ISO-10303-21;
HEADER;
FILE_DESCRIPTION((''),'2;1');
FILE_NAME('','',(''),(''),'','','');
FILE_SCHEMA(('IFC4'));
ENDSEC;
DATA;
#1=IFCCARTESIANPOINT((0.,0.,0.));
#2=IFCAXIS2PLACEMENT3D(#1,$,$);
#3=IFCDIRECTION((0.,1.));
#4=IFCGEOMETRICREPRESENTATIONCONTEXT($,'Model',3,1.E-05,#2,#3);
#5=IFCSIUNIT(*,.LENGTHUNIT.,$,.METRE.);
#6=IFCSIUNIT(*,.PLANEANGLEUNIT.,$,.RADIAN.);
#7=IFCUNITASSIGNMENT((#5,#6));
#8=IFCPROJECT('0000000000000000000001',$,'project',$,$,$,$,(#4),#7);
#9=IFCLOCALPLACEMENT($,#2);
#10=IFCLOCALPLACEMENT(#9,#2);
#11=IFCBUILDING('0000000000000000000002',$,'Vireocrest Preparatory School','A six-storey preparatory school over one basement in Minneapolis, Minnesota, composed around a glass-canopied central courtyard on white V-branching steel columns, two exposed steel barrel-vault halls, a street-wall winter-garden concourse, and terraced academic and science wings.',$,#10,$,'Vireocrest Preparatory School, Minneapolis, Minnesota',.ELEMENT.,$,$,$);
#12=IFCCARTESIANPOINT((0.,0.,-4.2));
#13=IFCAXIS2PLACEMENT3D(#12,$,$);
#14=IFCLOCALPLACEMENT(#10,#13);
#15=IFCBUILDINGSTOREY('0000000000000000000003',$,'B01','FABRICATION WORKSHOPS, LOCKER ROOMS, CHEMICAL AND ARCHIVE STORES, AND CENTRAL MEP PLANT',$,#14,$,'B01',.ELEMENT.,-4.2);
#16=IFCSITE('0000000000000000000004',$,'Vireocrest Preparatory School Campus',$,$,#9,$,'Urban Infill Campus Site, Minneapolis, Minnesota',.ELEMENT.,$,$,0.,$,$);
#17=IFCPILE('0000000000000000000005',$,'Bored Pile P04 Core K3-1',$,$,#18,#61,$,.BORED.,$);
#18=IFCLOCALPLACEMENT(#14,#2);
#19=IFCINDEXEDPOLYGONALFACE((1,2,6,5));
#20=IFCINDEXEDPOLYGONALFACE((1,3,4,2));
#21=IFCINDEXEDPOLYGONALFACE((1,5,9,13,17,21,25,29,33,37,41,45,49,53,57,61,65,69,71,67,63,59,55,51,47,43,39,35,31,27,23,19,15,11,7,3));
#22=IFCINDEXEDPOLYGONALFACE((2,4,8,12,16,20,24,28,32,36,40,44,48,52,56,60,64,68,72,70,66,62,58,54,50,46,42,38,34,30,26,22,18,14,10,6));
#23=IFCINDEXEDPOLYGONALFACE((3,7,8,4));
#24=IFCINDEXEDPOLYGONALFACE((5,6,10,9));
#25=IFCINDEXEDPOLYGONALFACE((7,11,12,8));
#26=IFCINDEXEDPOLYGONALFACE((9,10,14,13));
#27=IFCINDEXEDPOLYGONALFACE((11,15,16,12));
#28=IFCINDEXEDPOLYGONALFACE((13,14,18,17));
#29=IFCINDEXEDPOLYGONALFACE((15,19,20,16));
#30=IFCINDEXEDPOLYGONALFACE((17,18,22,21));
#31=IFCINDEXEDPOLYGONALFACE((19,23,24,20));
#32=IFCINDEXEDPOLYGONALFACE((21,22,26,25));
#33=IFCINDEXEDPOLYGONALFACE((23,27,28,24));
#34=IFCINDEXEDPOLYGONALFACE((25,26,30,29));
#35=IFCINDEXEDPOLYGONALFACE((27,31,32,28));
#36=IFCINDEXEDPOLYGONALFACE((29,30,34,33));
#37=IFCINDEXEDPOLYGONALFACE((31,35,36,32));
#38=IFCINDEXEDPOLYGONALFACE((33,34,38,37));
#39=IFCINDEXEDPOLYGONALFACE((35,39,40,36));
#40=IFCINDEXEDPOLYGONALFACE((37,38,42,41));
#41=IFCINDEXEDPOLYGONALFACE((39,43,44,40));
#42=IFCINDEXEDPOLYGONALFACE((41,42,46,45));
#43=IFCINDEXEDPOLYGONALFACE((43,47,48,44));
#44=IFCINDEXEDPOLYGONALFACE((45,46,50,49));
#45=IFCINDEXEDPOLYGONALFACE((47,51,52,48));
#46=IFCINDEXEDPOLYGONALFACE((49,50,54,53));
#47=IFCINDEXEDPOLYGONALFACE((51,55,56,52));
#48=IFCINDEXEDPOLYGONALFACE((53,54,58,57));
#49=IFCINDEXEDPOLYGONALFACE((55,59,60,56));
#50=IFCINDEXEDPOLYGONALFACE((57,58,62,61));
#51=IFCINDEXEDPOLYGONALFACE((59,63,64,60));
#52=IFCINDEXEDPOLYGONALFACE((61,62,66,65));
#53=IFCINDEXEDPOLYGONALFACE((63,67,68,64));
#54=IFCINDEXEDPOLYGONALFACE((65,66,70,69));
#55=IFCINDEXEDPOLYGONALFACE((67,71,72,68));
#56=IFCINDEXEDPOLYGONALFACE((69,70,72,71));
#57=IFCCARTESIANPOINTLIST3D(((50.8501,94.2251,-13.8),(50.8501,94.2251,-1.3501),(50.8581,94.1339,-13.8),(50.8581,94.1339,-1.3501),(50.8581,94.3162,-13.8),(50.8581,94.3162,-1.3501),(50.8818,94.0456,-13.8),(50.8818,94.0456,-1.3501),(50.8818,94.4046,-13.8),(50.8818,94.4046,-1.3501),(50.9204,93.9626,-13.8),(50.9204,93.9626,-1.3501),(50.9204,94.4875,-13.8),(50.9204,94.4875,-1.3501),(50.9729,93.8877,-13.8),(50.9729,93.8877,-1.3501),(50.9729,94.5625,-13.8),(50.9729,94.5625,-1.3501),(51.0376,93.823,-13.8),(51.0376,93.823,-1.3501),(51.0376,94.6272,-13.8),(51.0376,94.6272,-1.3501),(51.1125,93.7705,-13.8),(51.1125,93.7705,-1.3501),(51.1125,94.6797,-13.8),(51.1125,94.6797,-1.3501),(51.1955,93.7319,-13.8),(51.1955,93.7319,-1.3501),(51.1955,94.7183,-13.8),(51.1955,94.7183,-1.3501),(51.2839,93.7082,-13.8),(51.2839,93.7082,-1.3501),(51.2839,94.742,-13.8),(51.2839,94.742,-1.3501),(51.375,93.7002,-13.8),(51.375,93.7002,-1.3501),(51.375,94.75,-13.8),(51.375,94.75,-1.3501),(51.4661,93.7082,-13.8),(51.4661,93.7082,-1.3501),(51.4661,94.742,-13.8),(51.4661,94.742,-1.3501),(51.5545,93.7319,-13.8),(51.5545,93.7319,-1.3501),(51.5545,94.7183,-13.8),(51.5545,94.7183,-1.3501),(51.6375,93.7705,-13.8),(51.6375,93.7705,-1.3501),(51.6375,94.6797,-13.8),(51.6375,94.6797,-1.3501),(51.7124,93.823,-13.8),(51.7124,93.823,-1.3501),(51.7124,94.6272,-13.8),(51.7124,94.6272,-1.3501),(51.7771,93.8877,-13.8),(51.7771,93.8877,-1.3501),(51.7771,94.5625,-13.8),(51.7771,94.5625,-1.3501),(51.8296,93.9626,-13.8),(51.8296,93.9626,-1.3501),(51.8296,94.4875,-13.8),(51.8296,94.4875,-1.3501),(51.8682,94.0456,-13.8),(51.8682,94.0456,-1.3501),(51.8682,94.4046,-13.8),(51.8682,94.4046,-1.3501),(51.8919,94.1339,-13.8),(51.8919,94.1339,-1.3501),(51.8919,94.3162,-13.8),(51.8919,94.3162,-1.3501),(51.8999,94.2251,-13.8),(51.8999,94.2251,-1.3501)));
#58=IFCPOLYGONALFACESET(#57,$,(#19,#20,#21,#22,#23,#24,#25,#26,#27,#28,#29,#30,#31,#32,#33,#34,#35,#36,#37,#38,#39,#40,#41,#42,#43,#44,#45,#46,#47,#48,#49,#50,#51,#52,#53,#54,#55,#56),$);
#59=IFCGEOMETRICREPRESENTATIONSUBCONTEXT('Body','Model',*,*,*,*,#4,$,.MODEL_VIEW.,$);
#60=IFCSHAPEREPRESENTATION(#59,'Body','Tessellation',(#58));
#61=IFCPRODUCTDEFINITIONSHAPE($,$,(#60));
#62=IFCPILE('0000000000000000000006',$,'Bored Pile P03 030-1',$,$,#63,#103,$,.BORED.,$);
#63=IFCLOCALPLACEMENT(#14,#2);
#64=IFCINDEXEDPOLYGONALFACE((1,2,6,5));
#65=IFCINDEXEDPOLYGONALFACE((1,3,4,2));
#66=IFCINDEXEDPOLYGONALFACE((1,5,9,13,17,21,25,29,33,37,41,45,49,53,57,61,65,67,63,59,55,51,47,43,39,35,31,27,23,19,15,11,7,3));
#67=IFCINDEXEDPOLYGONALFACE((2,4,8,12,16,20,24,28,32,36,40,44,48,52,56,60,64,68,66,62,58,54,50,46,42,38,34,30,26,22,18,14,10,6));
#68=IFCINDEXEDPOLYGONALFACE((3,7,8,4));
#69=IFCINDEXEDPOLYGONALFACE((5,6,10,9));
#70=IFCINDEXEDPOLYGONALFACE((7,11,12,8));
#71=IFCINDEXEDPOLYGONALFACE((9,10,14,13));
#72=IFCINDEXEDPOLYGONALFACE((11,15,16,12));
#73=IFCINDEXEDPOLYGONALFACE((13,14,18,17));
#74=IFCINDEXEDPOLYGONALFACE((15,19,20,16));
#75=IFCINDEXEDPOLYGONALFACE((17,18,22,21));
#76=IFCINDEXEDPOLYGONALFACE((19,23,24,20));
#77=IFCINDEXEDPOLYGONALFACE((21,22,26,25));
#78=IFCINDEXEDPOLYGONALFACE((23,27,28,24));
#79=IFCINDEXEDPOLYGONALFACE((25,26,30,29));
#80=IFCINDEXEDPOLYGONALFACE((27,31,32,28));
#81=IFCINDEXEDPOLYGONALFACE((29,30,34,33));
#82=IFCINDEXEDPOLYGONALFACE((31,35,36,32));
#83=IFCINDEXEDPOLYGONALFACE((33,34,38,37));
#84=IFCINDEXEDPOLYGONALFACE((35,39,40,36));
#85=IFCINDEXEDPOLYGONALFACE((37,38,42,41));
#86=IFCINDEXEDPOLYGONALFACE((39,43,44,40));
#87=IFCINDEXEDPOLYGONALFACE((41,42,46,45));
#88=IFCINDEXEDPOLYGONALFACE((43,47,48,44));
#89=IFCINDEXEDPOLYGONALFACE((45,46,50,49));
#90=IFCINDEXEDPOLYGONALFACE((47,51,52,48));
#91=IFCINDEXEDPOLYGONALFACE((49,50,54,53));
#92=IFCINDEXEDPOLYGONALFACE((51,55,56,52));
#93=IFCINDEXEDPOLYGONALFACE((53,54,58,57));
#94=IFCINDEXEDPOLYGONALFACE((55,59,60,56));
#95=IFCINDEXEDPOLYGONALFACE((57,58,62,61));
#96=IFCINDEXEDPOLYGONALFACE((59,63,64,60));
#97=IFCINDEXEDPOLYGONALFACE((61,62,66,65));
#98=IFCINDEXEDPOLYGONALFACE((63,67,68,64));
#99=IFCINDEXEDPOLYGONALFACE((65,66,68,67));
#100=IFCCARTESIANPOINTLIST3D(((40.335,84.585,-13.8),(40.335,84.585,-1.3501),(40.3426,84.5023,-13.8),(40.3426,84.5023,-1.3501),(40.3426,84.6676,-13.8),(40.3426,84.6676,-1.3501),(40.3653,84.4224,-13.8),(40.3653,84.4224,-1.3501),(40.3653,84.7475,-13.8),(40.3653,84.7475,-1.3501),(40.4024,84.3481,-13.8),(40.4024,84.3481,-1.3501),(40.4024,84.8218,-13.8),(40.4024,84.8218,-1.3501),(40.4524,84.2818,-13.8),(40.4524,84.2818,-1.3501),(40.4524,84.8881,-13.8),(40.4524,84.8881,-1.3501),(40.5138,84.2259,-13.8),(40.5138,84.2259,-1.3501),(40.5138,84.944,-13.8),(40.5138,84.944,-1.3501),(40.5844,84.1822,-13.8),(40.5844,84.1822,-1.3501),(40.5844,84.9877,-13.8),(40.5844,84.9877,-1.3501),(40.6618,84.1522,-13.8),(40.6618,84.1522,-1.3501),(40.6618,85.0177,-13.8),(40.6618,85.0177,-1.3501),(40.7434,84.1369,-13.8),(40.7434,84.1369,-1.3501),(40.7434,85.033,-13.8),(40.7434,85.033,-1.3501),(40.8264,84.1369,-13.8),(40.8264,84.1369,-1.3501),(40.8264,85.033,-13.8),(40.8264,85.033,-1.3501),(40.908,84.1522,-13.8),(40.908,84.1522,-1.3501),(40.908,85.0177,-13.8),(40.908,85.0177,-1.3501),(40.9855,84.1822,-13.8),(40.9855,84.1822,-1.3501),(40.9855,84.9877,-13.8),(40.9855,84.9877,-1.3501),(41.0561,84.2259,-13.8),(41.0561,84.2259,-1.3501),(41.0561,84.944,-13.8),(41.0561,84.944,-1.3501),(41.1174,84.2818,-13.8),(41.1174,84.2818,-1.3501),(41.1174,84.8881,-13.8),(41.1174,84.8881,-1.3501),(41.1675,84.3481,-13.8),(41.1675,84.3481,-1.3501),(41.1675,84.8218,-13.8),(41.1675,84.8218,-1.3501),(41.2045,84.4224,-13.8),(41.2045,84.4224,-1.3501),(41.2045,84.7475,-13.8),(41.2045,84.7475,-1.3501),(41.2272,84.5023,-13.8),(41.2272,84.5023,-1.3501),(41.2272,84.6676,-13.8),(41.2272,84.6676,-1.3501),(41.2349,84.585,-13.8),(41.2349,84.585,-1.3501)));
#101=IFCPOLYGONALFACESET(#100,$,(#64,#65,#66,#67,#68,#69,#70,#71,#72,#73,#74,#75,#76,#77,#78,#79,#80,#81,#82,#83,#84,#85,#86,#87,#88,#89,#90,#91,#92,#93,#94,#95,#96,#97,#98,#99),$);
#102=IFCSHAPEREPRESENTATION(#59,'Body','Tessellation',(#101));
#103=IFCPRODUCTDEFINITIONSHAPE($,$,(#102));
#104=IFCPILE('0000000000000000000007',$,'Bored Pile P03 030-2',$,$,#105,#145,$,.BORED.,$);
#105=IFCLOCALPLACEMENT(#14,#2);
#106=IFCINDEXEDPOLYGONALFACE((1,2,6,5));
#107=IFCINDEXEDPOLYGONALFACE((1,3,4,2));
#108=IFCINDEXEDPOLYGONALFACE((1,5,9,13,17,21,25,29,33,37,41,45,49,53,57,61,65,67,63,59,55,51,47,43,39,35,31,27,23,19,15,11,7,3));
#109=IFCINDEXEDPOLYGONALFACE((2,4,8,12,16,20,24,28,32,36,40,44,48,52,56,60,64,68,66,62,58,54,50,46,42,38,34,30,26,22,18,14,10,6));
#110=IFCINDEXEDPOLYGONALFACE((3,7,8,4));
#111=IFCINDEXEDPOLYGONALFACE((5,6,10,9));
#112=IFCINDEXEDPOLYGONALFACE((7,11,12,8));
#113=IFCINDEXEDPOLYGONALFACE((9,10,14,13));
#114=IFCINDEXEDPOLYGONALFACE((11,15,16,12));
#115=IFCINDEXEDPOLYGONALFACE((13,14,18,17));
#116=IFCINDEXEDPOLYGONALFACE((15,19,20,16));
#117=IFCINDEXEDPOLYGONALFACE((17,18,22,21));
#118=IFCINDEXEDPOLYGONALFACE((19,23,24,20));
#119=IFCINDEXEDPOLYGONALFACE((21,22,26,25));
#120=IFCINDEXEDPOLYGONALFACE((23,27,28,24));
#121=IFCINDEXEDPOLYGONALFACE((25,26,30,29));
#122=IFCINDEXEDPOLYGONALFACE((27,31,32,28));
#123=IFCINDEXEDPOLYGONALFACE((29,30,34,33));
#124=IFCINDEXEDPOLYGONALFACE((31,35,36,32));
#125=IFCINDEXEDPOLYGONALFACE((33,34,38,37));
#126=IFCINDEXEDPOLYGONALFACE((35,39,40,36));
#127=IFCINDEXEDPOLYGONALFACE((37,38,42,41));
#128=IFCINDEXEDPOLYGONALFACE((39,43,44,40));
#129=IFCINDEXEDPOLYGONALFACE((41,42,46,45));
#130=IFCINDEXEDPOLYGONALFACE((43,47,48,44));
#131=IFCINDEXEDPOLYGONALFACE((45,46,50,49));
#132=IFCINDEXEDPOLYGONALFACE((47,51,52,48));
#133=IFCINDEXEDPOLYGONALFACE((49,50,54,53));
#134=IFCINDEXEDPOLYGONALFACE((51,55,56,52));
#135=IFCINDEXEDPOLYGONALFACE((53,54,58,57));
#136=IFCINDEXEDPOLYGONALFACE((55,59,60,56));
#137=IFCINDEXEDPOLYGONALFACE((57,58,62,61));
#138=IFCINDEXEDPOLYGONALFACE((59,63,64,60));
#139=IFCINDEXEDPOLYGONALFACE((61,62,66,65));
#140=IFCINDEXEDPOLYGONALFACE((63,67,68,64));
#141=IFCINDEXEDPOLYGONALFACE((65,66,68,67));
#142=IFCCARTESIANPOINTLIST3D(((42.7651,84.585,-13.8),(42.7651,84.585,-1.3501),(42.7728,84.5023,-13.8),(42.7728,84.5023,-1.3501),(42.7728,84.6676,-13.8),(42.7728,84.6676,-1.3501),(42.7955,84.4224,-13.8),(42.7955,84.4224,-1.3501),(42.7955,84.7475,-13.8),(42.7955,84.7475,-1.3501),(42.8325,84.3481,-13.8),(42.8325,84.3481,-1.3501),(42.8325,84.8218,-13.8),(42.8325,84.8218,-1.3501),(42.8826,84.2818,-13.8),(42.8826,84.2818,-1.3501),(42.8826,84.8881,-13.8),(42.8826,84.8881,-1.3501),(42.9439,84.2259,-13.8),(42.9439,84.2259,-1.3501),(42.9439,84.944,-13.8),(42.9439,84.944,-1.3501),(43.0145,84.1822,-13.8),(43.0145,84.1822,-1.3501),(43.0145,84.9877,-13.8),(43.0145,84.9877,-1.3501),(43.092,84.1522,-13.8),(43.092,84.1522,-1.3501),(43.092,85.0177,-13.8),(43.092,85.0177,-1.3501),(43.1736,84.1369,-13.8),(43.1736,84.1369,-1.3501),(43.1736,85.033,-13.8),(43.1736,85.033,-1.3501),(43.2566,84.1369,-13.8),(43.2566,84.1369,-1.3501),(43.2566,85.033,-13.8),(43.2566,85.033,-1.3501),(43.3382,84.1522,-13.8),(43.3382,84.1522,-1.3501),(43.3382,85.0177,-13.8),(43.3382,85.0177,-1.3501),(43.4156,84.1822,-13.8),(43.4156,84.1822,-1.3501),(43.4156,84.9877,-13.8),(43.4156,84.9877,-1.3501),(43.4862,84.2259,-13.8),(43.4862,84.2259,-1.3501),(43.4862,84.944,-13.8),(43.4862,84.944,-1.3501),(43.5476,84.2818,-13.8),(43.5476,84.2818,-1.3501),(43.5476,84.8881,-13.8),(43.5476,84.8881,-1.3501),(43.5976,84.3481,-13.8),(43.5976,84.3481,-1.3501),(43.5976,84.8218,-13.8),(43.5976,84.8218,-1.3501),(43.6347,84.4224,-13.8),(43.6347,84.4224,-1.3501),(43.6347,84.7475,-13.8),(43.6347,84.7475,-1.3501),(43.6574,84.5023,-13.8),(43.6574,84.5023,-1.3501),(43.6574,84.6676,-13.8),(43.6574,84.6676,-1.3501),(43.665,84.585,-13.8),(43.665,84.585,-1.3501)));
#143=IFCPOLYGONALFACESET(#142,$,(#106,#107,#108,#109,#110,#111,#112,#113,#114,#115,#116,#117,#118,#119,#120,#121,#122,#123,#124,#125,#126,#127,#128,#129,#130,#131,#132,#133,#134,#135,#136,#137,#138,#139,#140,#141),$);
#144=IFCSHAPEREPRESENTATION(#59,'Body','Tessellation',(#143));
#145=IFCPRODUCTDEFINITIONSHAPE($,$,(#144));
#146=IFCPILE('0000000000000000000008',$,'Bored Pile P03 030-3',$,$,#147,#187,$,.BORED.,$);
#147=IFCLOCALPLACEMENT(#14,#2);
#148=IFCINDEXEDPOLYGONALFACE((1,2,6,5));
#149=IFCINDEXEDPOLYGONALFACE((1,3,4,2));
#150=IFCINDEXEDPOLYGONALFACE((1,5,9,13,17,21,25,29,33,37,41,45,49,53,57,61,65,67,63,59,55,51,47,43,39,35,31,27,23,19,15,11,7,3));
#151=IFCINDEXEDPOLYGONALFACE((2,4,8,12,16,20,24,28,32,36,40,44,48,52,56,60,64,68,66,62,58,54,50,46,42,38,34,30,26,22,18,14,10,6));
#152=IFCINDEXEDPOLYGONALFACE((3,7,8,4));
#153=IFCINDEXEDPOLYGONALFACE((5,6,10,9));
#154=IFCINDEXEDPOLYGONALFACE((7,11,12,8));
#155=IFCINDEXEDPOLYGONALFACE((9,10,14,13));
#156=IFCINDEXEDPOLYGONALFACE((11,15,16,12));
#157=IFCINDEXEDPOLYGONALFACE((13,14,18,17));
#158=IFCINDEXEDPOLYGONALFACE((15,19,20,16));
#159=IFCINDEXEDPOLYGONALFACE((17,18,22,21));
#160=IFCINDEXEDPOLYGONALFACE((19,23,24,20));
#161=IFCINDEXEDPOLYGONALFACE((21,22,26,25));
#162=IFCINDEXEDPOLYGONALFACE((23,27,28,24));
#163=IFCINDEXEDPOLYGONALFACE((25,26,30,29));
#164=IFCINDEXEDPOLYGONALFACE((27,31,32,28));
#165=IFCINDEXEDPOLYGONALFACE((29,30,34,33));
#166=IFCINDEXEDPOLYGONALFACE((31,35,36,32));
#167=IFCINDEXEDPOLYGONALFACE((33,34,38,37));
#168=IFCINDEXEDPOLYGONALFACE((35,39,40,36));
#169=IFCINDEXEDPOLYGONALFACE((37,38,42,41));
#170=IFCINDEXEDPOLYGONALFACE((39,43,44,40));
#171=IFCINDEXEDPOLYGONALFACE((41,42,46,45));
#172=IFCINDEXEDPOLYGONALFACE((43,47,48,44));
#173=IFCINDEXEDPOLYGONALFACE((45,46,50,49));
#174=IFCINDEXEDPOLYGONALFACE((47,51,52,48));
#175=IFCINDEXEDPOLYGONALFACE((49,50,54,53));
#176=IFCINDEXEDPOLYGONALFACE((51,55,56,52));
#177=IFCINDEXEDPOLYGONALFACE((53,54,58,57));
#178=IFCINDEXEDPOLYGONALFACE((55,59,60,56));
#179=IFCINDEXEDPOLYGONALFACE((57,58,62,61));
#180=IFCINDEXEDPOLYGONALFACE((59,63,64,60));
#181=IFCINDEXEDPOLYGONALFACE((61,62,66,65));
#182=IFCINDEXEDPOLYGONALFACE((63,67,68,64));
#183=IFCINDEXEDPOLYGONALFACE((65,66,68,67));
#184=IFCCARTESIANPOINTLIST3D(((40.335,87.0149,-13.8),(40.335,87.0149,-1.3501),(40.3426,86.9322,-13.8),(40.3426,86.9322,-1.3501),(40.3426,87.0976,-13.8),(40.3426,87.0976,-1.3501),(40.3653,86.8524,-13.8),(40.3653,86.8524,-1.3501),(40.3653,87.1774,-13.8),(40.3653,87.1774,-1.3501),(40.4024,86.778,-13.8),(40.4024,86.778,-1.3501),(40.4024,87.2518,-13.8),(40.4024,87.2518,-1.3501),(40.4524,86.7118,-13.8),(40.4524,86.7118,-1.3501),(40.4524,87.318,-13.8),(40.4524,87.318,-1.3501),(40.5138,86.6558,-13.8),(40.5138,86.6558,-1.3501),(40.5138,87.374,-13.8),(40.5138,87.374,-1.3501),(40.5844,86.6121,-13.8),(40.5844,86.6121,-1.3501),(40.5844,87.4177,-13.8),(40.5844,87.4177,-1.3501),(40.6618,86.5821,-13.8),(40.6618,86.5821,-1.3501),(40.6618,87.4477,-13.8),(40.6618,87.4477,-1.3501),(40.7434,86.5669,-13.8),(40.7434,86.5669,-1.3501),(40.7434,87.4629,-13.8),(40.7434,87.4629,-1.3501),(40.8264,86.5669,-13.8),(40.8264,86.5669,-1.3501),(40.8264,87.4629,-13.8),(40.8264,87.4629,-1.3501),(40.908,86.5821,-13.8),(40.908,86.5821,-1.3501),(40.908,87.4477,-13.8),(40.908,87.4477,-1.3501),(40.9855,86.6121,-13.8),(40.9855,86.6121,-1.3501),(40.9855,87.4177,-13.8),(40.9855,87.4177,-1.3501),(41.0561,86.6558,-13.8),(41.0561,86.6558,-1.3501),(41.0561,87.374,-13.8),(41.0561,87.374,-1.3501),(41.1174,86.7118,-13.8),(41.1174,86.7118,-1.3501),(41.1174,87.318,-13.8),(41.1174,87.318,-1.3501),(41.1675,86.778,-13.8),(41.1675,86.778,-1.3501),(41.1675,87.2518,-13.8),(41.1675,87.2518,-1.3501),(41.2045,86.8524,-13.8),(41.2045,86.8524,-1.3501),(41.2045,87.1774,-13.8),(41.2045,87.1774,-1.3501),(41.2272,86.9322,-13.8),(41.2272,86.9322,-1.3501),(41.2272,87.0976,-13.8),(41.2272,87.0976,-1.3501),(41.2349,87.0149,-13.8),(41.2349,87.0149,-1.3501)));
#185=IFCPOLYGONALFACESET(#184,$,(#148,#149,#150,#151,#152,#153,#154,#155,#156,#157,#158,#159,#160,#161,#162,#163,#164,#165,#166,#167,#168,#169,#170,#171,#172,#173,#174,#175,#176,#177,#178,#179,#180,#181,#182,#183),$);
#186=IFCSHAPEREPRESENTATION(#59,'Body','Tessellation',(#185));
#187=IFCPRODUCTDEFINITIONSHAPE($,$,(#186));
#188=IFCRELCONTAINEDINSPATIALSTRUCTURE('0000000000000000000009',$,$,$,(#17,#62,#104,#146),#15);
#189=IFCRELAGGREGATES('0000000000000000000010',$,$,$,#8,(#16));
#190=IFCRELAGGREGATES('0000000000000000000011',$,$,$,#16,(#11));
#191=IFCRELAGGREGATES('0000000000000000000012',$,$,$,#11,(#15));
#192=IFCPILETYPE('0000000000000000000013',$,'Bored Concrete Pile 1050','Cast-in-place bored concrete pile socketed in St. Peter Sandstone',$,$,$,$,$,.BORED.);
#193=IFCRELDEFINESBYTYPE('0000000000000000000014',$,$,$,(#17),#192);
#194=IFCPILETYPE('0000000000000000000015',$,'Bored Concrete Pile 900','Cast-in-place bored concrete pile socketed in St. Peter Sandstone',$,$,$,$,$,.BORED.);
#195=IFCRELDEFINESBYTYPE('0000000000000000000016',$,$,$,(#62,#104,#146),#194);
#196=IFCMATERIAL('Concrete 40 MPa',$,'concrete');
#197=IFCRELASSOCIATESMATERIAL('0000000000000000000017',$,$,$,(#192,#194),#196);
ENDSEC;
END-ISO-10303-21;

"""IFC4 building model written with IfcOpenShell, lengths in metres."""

from ifc_helpers import new_model, si_unit, direction, frame, origin, origin_2d, place, context, subcontext, project, spatial, circle, extrude, material, material_profile, profile_set, type_object, element, save


model = new_model("IFC4")

# Units and contexts
model_context = context("Model", 3, precision=1e-05, world=origin(), true_north=direction((0.0, 1.0)))
body_context = subcontext(model_context, "Body", "Model", "MODEL_VIEW")
ifc_project = project(units=[si_unit("LENGTHUNIT", "METRE"), si_unit("PLANEANGLEUNIT", "RADIAN")], contexts=[model_context])

# Site, building, storey
site_placement = place(None, origin())
site = spatial("IfcSite", under=ifc_project, at=site_placement, Name="Vireocrest Preparatory School Campus", LongName="Urban Infill Campus Site, Minneapolis, Minnesota", CompositionType="ELEMENT", RefElevation=0.0)
building_placement = place(site_placement, origin())
building = spatial("IfcBuilding", under=site, at=building_placement, Name="Vireocrest Preparatory School", Description="A six-storey preparatory school over one basement in Minneapolis, Minnesota, composed around a glass-canopied central courtyard on white V-branching steel columns, two exposed steel barrel-vault halls, a street-wall winter-garden concourse, and terraced academic and science wings.", LongName="Vireocrest Preparatory School, Minneapolis, Minnesota", CompositionType="ELEMENT")
storey_placement = place(building_placement, frame((0.0, 0.0, -4.2)))
storey = spatial("IfcBuildingStorey", under=building, at=storey_placement, Name="B01", Description="FABRICATION WORKSHOPS, LOCKER ROOMS, CHEMICAL AND ARCHIVE STORES, AND CENTRAL MEP PLANT", LongName="B01", CompositionType="ELEMENT", Elevation=-4.2)

# Piles
ifc_material_1 = material(Name="Concrete 40 MPa", Category="concrete")
ifc_material_profile_1 = material_profile(ifc_material_1, circle(Radius=0.5249, at=origin_2d()), Name="BORED PILE 1050")
ifc_profile_set_1 = profile_set([ifc_material_profile_1], Name="Concrete 40 MPa")
pile_type_1 = type_object("IfcPileType", Name="Bored Concrete Pile 1050", Description="Cast-in-place bored concrete pile socketed in St. Peter Sandstone", PredefinedType="BORED", material=ifc_profile_set_1)
pile_placement = place(storey_placement, frame((51.375, 94.2251, -1.3501), z_axis=(0.0, 0.0, -1.0), x_axis=(1.0, 0.0, 0.0)))
element("IfcPile", 1, at=pile_placement, inside=storey, type_object=pile_type_1, Name="Bored Pile P04 Core K3-1", PredefinedType="BORED", context=body_context, shape_type="SweptSolid", body=[
    extrude(circle(Radius=0.5249, at=origin_2d()), origin(), (0.0, 0.0, 1.0), 12.45),
])
ifc_material_profile_2 = material_profile(ifc_material_1, circle(Radius=0.45, at=origin_2d()), Name="BORED PILE 900")
ifc_profile_set_2 = profile_set([ifc_material_profile_2], Name="Concrete 40 MPa")
pile_type_2 = type_object("IfcPileType", Name="Bored Concrete Pile 900", Description="Cast-in-place bored concrete pile socketed in St. Peter Sandstone", PredefinedType="BORED", material=ifc_profile_set_2)
for number, where, z_axis, x_axis, name in (
    (2, (40.7849, 84.585, -1.3501), (0.0, 0.0, -1.0), (1.0, 0.0, 0.0), "Bored Pile P03 030-1"),
    (3, (43.2151, 84.585, -1.3501), (0.0, 0.0, -1.0), (1.0, 0.0, 0.0), "Bored Pile P03 030-2"),
    (4, (40.7849, 87.0149, -1.3501), (0.0, 0.0, -1.0), (1.0, 0.0, 0.0), "Bored Pile P03 030-3"),
):
    element("IfcPile", number, at=place(storey_placement, frame(where, z_axis=z_axis, x_axis=x_axis)), inside=storey, type_object=pile_type_2, Name=name, PredefinedType="BORED", context=body_context, shape_type="SweptSolid", body=[
        extrude(circle(Radius=0.45, at=origin_2d()), origin(), (0.0, 0.0, 1.0), 12.45),
    ])

save(model, "model.ifc")
